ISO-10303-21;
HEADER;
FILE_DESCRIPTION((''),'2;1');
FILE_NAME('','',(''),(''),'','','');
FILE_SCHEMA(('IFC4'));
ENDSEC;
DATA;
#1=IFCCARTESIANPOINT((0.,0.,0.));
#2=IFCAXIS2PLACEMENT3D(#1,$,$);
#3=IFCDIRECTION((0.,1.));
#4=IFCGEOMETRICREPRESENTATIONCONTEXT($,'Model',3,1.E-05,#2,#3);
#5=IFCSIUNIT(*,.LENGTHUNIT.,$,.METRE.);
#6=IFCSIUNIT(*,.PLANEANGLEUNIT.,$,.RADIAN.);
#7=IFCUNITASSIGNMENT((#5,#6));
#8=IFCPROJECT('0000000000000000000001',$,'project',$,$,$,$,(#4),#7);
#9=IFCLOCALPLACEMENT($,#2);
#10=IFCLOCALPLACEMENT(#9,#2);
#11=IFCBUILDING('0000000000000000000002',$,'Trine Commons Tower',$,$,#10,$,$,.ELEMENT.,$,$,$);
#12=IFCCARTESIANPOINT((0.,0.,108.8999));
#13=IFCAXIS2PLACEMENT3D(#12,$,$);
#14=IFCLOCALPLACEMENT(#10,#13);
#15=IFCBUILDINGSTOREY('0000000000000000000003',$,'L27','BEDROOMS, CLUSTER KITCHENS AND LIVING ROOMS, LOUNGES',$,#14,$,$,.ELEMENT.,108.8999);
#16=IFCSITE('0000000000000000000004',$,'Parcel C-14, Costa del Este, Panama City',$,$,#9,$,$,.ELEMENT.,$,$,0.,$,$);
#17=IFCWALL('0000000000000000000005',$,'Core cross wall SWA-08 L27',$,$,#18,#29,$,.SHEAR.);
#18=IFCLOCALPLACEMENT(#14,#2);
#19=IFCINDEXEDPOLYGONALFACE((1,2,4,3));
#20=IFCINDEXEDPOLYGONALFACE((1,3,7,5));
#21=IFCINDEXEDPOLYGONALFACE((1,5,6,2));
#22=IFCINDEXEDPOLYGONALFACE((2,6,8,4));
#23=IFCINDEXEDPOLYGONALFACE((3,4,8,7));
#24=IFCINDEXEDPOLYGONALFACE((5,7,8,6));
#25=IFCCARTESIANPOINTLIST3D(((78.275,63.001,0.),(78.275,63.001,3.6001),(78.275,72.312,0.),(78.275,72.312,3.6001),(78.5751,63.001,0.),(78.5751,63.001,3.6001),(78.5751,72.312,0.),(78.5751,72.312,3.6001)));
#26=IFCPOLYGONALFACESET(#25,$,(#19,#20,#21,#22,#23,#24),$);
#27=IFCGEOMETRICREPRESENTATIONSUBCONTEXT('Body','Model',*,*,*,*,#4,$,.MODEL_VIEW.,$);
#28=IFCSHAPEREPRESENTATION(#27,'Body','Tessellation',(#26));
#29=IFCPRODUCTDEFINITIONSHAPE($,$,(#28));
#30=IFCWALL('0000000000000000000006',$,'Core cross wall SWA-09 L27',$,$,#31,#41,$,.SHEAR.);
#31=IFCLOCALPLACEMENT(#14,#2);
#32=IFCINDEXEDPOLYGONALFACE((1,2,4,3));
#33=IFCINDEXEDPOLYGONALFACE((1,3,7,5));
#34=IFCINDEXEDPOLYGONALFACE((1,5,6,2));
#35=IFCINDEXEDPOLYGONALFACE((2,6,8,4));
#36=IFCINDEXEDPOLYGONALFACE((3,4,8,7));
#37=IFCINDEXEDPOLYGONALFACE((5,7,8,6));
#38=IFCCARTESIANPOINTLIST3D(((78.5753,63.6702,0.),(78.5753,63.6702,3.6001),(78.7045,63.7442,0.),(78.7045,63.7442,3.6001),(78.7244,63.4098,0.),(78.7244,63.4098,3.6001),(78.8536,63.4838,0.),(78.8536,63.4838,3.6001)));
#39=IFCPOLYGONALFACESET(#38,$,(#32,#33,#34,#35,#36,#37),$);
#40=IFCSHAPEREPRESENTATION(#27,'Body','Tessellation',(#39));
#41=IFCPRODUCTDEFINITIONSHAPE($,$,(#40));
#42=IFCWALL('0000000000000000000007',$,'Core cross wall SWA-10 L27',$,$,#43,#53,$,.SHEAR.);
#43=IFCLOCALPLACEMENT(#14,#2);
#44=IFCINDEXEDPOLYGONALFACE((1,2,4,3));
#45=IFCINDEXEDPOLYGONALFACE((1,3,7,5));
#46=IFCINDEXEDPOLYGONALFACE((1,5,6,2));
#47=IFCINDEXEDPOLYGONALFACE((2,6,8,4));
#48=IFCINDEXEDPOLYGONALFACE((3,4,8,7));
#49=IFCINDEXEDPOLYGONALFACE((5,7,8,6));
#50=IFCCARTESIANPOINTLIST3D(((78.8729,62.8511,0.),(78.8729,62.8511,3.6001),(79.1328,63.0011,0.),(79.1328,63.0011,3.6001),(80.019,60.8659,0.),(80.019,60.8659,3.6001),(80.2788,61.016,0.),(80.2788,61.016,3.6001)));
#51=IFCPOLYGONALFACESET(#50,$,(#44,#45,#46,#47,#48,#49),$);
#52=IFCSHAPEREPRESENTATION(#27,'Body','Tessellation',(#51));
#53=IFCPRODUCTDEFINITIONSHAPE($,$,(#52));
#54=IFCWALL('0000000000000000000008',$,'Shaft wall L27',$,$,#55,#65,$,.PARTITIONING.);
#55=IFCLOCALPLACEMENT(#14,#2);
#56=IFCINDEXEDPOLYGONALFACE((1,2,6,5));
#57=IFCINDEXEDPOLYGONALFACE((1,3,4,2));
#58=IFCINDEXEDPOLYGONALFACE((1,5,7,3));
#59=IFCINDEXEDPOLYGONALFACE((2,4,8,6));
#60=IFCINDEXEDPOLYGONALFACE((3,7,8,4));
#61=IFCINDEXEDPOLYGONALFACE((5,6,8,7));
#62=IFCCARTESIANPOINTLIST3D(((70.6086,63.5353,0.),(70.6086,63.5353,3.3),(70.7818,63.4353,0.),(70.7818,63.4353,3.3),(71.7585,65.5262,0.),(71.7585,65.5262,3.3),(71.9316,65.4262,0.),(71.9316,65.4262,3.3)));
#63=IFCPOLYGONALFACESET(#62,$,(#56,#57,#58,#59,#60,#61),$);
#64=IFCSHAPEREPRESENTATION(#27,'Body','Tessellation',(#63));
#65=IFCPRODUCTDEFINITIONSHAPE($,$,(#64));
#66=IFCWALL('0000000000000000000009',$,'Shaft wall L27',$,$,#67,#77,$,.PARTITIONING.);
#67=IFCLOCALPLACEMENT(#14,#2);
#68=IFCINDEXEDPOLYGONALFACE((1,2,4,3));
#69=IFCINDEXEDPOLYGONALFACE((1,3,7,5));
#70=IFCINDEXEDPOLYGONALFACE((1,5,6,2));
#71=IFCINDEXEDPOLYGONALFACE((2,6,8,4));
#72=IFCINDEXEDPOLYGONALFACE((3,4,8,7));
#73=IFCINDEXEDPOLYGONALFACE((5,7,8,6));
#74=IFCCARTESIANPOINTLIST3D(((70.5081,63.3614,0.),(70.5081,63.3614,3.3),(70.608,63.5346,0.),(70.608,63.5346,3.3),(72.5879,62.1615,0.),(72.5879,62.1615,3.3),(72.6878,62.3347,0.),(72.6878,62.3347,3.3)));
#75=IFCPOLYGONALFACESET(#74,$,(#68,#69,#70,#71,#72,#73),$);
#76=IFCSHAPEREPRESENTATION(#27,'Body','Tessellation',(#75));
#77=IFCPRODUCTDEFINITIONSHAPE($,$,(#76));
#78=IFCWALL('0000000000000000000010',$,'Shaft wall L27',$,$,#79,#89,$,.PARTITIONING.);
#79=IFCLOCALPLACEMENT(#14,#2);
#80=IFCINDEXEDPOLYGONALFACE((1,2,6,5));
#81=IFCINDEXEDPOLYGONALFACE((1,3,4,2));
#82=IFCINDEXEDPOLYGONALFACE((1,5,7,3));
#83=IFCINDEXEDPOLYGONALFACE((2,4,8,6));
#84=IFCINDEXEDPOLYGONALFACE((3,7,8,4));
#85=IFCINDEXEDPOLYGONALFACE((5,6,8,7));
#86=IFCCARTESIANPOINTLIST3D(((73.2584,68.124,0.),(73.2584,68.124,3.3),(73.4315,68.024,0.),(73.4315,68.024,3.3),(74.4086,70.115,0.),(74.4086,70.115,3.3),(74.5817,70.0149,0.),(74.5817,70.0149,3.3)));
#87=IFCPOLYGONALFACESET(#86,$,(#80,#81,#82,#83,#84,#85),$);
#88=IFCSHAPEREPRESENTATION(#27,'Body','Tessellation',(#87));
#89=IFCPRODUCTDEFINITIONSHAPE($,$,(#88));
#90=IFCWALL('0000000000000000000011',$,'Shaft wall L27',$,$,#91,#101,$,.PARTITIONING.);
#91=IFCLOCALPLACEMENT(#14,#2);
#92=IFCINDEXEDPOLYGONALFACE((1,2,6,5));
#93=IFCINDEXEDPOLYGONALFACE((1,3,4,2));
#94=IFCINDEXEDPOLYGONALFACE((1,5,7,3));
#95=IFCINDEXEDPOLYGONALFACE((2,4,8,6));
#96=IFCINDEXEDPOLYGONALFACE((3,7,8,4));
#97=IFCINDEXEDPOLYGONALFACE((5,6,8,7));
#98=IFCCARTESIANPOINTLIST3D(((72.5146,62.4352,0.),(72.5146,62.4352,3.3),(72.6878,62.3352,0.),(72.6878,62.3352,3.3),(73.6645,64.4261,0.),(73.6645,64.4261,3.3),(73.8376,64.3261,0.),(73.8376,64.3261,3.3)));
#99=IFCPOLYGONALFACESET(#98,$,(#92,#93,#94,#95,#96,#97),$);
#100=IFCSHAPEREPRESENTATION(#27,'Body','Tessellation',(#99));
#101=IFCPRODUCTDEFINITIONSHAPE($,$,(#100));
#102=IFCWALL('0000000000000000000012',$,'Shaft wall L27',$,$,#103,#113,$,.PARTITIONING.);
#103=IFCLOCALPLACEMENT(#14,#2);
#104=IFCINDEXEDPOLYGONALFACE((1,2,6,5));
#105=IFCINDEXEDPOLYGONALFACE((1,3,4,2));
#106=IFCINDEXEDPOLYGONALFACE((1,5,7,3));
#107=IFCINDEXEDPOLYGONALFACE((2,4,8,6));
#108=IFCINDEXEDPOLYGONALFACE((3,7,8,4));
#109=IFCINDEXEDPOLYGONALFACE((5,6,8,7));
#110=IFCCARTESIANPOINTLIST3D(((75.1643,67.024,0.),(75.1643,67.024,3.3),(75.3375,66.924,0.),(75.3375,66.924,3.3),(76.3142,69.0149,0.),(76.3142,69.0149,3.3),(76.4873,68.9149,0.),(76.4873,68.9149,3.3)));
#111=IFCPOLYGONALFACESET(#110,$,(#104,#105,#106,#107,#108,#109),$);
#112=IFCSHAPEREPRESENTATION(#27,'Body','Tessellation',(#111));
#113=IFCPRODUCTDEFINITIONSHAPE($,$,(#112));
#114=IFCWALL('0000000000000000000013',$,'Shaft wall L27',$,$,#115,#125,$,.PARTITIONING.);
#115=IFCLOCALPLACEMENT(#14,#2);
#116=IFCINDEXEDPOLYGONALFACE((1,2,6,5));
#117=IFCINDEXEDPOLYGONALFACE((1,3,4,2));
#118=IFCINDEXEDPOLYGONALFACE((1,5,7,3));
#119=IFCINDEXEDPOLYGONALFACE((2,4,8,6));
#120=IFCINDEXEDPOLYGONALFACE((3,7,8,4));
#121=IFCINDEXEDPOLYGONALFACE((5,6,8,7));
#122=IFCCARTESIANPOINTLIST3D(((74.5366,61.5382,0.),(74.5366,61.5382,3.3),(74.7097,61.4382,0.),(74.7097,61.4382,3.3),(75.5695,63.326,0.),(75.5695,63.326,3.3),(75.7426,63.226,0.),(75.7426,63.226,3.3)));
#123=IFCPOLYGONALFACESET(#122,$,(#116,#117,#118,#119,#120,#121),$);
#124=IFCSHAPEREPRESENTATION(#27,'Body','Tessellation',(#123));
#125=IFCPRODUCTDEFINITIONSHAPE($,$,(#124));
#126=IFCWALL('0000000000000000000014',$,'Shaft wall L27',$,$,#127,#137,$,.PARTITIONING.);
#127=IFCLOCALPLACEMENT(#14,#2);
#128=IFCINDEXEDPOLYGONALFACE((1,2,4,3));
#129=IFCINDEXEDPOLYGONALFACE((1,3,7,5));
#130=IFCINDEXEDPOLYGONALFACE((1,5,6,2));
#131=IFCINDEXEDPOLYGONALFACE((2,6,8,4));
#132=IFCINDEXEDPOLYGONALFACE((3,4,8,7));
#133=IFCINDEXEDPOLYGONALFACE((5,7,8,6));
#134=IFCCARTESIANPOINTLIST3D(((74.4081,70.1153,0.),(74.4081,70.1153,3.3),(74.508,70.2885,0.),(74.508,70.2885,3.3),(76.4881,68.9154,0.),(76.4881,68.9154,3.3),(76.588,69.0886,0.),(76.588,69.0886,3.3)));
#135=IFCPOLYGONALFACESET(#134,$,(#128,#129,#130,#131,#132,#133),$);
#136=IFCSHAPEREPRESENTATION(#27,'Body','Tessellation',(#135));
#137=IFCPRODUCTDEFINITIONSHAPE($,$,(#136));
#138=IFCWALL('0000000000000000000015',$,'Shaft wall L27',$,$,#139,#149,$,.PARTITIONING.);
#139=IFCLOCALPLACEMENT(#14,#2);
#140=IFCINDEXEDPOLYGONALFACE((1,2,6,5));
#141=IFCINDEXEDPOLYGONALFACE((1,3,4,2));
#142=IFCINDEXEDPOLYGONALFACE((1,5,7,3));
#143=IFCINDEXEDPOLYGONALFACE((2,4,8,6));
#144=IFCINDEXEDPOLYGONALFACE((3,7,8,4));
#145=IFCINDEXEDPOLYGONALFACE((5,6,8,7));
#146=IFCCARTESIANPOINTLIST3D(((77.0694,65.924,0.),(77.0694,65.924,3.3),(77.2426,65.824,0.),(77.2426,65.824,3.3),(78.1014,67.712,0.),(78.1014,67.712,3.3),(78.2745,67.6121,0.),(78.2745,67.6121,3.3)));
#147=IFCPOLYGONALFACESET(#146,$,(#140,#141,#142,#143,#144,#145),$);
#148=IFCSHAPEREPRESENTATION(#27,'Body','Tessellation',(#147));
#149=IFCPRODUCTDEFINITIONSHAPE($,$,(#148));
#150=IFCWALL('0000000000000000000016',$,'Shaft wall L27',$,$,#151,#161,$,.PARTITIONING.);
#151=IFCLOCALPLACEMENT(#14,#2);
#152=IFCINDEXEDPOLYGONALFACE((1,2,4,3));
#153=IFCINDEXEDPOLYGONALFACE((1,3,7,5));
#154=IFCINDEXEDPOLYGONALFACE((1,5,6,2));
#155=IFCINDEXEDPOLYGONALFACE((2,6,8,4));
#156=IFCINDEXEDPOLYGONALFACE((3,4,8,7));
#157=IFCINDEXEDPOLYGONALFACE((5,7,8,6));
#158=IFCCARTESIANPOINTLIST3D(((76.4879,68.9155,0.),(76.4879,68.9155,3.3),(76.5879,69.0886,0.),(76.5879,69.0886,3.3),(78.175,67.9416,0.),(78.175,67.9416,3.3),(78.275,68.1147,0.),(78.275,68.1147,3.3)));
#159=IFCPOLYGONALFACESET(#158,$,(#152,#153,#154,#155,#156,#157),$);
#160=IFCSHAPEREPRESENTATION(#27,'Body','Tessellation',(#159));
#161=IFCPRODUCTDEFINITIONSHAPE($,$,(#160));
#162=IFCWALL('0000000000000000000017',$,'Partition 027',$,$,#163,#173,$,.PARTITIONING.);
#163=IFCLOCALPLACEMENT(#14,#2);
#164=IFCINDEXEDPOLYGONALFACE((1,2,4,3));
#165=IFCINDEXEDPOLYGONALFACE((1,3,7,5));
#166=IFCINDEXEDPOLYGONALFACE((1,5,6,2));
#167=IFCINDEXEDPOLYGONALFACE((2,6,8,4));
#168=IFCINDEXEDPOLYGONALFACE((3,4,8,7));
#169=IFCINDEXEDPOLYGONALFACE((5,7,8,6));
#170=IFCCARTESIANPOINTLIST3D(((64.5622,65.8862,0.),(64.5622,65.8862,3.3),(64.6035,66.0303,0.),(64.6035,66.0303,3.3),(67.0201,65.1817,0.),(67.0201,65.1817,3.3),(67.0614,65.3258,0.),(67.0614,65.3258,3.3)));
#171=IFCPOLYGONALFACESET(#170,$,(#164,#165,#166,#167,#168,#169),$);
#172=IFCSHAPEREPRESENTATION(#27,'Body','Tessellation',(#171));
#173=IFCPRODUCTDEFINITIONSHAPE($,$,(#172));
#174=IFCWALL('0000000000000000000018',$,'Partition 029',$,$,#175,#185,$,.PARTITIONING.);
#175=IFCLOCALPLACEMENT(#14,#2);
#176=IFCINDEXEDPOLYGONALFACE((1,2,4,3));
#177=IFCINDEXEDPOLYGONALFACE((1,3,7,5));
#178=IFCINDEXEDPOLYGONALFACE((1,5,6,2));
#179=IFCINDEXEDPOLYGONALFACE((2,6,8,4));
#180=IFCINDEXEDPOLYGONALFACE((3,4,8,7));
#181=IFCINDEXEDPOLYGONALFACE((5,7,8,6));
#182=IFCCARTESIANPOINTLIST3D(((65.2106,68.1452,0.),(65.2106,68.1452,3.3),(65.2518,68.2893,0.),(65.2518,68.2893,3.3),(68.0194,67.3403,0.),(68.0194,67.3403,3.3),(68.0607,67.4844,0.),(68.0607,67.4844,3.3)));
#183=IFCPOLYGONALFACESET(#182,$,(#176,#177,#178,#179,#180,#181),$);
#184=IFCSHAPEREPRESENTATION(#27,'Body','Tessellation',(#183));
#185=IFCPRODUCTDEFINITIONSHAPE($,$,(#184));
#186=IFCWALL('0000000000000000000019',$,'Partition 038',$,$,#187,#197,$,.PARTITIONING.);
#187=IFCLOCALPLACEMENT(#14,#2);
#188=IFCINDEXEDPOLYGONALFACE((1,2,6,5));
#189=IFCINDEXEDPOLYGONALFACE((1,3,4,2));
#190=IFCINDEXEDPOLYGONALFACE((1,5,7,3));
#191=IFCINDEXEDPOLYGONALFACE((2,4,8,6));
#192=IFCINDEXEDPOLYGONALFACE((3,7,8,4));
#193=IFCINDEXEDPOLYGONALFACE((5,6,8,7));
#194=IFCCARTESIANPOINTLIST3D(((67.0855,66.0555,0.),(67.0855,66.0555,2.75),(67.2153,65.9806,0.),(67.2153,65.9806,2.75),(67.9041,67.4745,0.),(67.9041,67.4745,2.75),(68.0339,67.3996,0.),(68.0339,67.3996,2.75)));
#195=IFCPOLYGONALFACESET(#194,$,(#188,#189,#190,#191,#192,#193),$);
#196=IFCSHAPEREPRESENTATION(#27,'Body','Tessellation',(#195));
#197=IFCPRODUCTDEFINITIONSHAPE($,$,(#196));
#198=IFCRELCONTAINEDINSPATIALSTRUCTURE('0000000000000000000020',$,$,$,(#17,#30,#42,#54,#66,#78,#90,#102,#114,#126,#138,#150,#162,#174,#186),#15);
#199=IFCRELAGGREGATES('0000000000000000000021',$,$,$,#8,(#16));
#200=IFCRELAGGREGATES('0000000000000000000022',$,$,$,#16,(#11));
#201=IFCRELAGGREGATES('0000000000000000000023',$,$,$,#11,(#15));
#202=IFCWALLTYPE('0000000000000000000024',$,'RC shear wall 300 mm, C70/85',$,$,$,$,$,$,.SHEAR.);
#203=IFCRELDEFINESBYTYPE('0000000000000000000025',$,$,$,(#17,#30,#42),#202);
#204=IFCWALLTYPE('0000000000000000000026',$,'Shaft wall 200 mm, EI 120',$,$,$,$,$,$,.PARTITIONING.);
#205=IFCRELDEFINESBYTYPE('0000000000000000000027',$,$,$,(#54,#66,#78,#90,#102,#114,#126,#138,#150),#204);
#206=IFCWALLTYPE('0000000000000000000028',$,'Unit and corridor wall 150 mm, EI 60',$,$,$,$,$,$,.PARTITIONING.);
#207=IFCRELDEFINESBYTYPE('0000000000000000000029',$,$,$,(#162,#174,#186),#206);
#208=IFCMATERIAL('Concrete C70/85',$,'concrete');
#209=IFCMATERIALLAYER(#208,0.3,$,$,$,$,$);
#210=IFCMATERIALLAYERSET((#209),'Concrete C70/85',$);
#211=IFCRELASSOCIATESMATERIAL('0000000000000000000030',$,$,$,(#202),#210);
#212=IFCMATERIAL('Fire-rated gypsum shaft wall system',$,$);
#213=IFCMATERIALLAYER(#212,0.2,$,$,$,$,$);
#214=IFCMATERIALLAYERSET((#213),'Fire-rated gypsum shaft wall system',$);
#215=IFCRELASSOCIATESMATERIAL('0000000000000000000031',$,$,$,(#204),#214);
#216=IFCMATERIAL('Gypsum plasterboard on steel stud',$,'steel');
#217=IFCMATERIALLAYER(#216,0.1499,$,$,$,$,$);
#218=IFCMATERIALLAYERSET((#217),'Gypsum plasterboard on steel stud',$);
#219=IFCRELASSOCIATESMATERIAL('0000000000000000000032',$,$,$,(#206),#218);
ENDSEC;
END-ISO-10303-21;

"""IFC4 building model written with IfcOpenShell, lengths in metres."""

from ifc_helpers import new_model, si_unit, direction, frame, frame_2d, origin, place, context, subcontext, project, spatial, rectangle, extrude, material, layer, layer_set, type_object, element, save


model = new_model("IFC4")

# Units and contexts
model_context = context("Model", 3, precision=1e-05, world=origin(), true_north=direction((0.0, 1.0)))
body_context = subcontext(model_context, "Body", "Model", "MODEL_VIEW")
ifc_project = project(units=[si_unit("LENGTHUNIT", "METRE"), si_unit("PLANEANGLEUNIT", "RADIAN")], contexts=[model_context])

# Site, building, storey
site_placement = place(None, origin())
site = spatial("IfcSite", under=ifc_project, at=site_placement, Name="Parcel C-14, Costa del Este, Panama City", CompositionType="ELEMENT", RefElevation=0.0)
building_placement = place(site_placement, origin())
building = spatial("IfcBuilding", under=site, at=building_placement, Name="Trine Commons Tower", CompositionType="ELEMENT")
storey_placement = place(building_placement, frame((0.0, 0.0, 108.8999)))
storey = spatial("IfcBuildingStorey", under=building, at=storey_placement, Name="L27", Description="BEDROOMS, CLUSTER KITCHENS AND LIVING ROOMS, LOUNGES", CompositionType="ELEMENT", Elevation=108.8999)

# Shared definitions
ifc_material_1 = material(Name="Fire-rated gypsum shaft wall system")
ifc_material_2 = material(Name="Concrete C70/85", Category="concrete")
ifc_layer_1 = layer(ifc_material_2, 0.3)
ifc_layer_set_1 = layer_set([ifc_layer_1], Name="Concrete C70/85")
wall_type_1 = type_object("IfcWallType", Name="RC shear wall 300 mm, C70/85", PredefinedType="SHEAR", material=ifc_layer_set_1)

# Walls
wall_1_placement = place(storey_placement, frame((78.425, 63.001, 0.0), z_axis=(0.0, 0.0, 1.0), x_axis=(0.0, 1.0, 0.0)))
element("IfcWall", 1, at=wall_1_placement, inside=storey, type_object=wall_type_1, Name="Core cross wall SWA-08 L27", PredefinedType="SHEAR", context=body_context, shape_type="SweptSolid", body=[
    extrude(rectangle(XDim=9.311, YDim=0.3, at=frame_2d((4.6555, 0.0))), origin(), (0.0, 0.0, 1.0), 3.6001),
])
wall_2_placement = place(storey_placement, frame((78.7791, 63.614, 0.0), z_axis=(0.0, 0.0, 1.0), x_axis=(-0.867738, -0.497022, 0.0)))
element("IfcWall", 2, at=wall_2_placement, inside=storey, type_object=wall_type_1, Name="Core cross wall SWA-09 L27", PredefinedType="SHEAR", context=body_context, shape_type="SweptSolid", body=[
    extrude(rectangle(XDim=0.1489, YDim=0.3, at=frame_2d((0.0745, 0.0))), origin(), (0.0, 0.0, 1.0), 3.6001),
])
wall_3_placement = place(storey_placement, frame((79.0029, 62.926, 0.0), z_axis=(0.0, 0.0, 1.0), x_axis=(0.499965, -0.866045, 0.0)))
element("IfcWall", 3, at=wall_3_placement, inside=storey, type_object=wall_type_1, Name="Core cross wall SWA-10 L27", PredefinedType="SHEAR", context=body_context, shape_type="SweptSolid", body=[
    extrude(rectangle(XDim=2.2922, YDim=0.3, at=frame_2d((1.146, 0.0))), origin(), (0.0, 0.0, 1.0), 3.6001),
])
ifc_layer_2 = layer(ifc_material_1, 0.2)
ifc_layer_set_2 = layer_set([ifc_layer_2], Name="Fire-rated gypsum shaft wall system")
wall_type_2 = type_object("IfcWallType", Name="Shaft wall 200 mm, EI 120", PredefinedType="PARTITIONING", material=ifc_layer_set_2)
wall_4_placement = place(storey_placement, frame((71.845, 65.4761, 0.0), z_axis=(0.0, 0.0, 1.0), x_axis=(-0.500136, -0.865947, 0.0)))
element("IfcWall", 4, at=wall_4_placement, inside=storey, type_object=wall_type_2, Name="Shaft wall L27", PredefinedType="PARTITIONING", context=body_context, shape_type="SweptSolid", body=[
    extrude(rectangle(XDim=2.2991, YDim=0.2, at=frame_2d((1.1494, 0.0))), origin(), (0.0, 0.0, 1.0), 3.3),
])
wall_5_placement = place(storey_placement, frame((72.6379, 62.248, 0.0), z_axis=(0.0, 0.0, 1.0), x_axis=(-0.866177, 0.499737, 0.0)))
element("IfcWall", 5, at=wall_5_placement, inside=storey, type_object=wall_type_2, Name="Shaft wall L27", PredefinedType="PARTITIONING", context=body_context, shape_type="SweptSolid", body=[
    extrude(rectangle(XDim=2.4011, YDim=0.2, at=frame_2d((1.2007, 0.0))), origin(), (0.0, 0.0, 1.0), 3.3),
])
wall_6_placement = place(storey_placement, frame((73.345, 68.074, 0.0), z_axis=(0.0, 0.0, 1.0), x_axis=(0.500216, 0.865901, 0.0)))
element("IfcWall", 6, at=wall_6_placement, inside=storey, type_object=wall_type_2, Name="Shaft wall L27", PredefinedType="PARTITIONING", context=body_context, shape_type="SweptSolid", body=[
    extrude(rectangle(XDim=2.2993, YDim=0.2, at=frame_2d((1.1497, 0.0))), origin(), (0.0, 0.0, 1.0), 3.3),
])
for number, where, z_axis, x_axis, name in (
    (7, (73.751, 64.376, 0.0), (0.0, 0.0, 1.0), (-0.500136, -0.865947, 0.0), "Shaft wall L27"),
    (8, (75.251, 66.9741, 0.0), (0.0, 0.0, 1.0), (0.500136, 0.865947, 0.0), "Shaft wall L27"),
):
    element("IfcWall", number, at=place(storey_placement, frame(where, z_axis=z_axis, x_axis=x_axis)), inside=storey, type_object=wall_type_2, Name=name, PredefinedType="PARTITIONING", context=body_context, shape_type="SweptSolid", body=[
        extrude(rectangle(XDim=2.2991, YDim=0.2, at=frame_2d((1.1494, 0.0))), origin(), (0.0, 0.0, 1.0), 3.3),
    ])
wall_7_placement = place(storey_placement, frame((75.656, 63.2759, 0.0), z_axis=(0.0, 0.0, 1.0), x_axis=(-0.500272, -0.865868, 0.0)))
element("IfcWall", 9, at=wall_7_placement, inside=storey, type_object=wall_type_2, Name="Shaft wall L27", PredefinedType="PARTITIONING", context=body_context, shape_type="SweptSolid", body=[
    extrude(rectangle(XDim=2.0647, YDim=0.2, at=frame_2d((1.0322, 0.0))), origin(), (0.0, 0.0, 1.0), 3.3),
])
wall_8_placement = place(storey_placement, frame((76.5381, 69.002, 0.0), z_axis=(0.0, 0.0, 1.0), x_axis=(-0.866203, 0.499693, 0.0)))
element("IfcWall", 10, at=wall_8_placement, inside=storey, type_object=wall_type_2, Name="Shaft wall L27", PredefinedType="PARTITIONING", context=body_context, shape_type="SweptSolid", body=[
    extrude(rectangle(XDim=2.4014, YDim=0.2, at=frame_2d((1.2007, 0.0))), origin(), (0.0, 0.0, 1.0), 3.3),
])
wall_9_placement = place(storey_placement, frame((77.156, 65.874, 0.0), z_axis=(0.0, 0.0, 1.0), x_axis=(0.499866, 0.866103, 0.0)))
element("IfcWall", 11, at=wall_9_placement, inside=storey, type_object=wall_type_2, Name="Shaft wall L27", PredefinedType="PARTITIONING", context=body_context, shape_type="SweptSolid", body=[
    extrude(rectangle(XDim=2.0645, YDim=0.2, at=frame_2d((1.0322, 0.0))), origin(), (0.0, 0.0, 1.0), 3.3),
])
wall_10_placement = place(storey_placement, frame((78.2251, 68.0281, 0.0), z_axis=(0.0, 0.0, 1.0), x_axis=(-0.866052, 0.499954, 0.0)))
element("IfcWall", 12, at=wall_10_placement, inside=storey, type_object=wall_type_2, Name="Shaft wall L27", PredefinedType="PARTITIONING", context=body_context, shape_type="SweptSolid", body=[
    extrude(rectangle(XDim=1.948, YDim=0.2, at=frame_2d((0.9741, 0.0))), origin(), (0.0, 0.0, 1.0), 3.3),
])
ifc_material_3 = material(Name="Gypsum plasterboard on steel stud", Category="steel")
ifc_layer_3 = layer(ifc_material_3, 0.1499)
ifc_layer_set_3 = layer_set([ifc_layer_3], Name="Gypsum plasterboard on steel stud")
wall_type_3 = type_object("IfcWallType", Name="Unit and corridor wall 150 mm, EI 60", PredefinedType="PARTITIONING", material=ifc_layer_set_3)
wall_11_placement = place(storey_placement, frame((64.583, 65.9583, 0.0), z_axis=(0.0, 0.0, 1.0), x_axis=(0.961286, -0.275553, 0.0)))
element("IfcWall", 13, at=wall_11_placement, inside=storey, type_object=wall_type_3, Name="Partition 027", PredefinedType="PARTITIONING", context=body_context, shape_type="SweptSolid", body=[
    extrude(rectangle(XDim=2.5569, YDim=0.1499, at=frame_2d((1.2783, 0.0))), origin(), (0.0, 0.0, 1.0), 3.3),
])
wall_12_placement = place(storey_placement, frame((65.2312, 68.2173, 0.0), z_axis=(0.0, 0.0, 1.0), x_axis=(0.961306, -0.275483, 0.0)))
element("IfcWall", 14, at=wall_12_placement, inside=storey, type_object=wall_type_3, Name="Partition 029", PredefinedType="PARTITIONING", context=body_context, shape_type="SweptSolid", body=[
    extrude(rectangle(XDim=2.9219, YDim=0.1499, at=frame_2d((1.4609, 0.0))), origin(), (0.0, 0.0, 1.0), 3.3),
])
wall_13_placement = place(storey_placement, frame((67.1504, 66.0181, 0.0), z_axis=(0.0, 0.0, 1.0), x_axis=(0.499714, 0.866191, 0.0)))
element("IfcWall", 15, at=wall_13_placement, inside=storey, type_object=wall_type_3, Name="Partition 038", PredefinedType="PARTITIONING", context=body_context, shape_type="SweptSolid", body=[
    extrude(rectangle(XDim=1.6382, YDim=0.1499, at=frame_2d((0.8191, 0.0))), origin(), (0.0, 0.0, 1.0), 2.75),
])

save(model, "model.ifc")
